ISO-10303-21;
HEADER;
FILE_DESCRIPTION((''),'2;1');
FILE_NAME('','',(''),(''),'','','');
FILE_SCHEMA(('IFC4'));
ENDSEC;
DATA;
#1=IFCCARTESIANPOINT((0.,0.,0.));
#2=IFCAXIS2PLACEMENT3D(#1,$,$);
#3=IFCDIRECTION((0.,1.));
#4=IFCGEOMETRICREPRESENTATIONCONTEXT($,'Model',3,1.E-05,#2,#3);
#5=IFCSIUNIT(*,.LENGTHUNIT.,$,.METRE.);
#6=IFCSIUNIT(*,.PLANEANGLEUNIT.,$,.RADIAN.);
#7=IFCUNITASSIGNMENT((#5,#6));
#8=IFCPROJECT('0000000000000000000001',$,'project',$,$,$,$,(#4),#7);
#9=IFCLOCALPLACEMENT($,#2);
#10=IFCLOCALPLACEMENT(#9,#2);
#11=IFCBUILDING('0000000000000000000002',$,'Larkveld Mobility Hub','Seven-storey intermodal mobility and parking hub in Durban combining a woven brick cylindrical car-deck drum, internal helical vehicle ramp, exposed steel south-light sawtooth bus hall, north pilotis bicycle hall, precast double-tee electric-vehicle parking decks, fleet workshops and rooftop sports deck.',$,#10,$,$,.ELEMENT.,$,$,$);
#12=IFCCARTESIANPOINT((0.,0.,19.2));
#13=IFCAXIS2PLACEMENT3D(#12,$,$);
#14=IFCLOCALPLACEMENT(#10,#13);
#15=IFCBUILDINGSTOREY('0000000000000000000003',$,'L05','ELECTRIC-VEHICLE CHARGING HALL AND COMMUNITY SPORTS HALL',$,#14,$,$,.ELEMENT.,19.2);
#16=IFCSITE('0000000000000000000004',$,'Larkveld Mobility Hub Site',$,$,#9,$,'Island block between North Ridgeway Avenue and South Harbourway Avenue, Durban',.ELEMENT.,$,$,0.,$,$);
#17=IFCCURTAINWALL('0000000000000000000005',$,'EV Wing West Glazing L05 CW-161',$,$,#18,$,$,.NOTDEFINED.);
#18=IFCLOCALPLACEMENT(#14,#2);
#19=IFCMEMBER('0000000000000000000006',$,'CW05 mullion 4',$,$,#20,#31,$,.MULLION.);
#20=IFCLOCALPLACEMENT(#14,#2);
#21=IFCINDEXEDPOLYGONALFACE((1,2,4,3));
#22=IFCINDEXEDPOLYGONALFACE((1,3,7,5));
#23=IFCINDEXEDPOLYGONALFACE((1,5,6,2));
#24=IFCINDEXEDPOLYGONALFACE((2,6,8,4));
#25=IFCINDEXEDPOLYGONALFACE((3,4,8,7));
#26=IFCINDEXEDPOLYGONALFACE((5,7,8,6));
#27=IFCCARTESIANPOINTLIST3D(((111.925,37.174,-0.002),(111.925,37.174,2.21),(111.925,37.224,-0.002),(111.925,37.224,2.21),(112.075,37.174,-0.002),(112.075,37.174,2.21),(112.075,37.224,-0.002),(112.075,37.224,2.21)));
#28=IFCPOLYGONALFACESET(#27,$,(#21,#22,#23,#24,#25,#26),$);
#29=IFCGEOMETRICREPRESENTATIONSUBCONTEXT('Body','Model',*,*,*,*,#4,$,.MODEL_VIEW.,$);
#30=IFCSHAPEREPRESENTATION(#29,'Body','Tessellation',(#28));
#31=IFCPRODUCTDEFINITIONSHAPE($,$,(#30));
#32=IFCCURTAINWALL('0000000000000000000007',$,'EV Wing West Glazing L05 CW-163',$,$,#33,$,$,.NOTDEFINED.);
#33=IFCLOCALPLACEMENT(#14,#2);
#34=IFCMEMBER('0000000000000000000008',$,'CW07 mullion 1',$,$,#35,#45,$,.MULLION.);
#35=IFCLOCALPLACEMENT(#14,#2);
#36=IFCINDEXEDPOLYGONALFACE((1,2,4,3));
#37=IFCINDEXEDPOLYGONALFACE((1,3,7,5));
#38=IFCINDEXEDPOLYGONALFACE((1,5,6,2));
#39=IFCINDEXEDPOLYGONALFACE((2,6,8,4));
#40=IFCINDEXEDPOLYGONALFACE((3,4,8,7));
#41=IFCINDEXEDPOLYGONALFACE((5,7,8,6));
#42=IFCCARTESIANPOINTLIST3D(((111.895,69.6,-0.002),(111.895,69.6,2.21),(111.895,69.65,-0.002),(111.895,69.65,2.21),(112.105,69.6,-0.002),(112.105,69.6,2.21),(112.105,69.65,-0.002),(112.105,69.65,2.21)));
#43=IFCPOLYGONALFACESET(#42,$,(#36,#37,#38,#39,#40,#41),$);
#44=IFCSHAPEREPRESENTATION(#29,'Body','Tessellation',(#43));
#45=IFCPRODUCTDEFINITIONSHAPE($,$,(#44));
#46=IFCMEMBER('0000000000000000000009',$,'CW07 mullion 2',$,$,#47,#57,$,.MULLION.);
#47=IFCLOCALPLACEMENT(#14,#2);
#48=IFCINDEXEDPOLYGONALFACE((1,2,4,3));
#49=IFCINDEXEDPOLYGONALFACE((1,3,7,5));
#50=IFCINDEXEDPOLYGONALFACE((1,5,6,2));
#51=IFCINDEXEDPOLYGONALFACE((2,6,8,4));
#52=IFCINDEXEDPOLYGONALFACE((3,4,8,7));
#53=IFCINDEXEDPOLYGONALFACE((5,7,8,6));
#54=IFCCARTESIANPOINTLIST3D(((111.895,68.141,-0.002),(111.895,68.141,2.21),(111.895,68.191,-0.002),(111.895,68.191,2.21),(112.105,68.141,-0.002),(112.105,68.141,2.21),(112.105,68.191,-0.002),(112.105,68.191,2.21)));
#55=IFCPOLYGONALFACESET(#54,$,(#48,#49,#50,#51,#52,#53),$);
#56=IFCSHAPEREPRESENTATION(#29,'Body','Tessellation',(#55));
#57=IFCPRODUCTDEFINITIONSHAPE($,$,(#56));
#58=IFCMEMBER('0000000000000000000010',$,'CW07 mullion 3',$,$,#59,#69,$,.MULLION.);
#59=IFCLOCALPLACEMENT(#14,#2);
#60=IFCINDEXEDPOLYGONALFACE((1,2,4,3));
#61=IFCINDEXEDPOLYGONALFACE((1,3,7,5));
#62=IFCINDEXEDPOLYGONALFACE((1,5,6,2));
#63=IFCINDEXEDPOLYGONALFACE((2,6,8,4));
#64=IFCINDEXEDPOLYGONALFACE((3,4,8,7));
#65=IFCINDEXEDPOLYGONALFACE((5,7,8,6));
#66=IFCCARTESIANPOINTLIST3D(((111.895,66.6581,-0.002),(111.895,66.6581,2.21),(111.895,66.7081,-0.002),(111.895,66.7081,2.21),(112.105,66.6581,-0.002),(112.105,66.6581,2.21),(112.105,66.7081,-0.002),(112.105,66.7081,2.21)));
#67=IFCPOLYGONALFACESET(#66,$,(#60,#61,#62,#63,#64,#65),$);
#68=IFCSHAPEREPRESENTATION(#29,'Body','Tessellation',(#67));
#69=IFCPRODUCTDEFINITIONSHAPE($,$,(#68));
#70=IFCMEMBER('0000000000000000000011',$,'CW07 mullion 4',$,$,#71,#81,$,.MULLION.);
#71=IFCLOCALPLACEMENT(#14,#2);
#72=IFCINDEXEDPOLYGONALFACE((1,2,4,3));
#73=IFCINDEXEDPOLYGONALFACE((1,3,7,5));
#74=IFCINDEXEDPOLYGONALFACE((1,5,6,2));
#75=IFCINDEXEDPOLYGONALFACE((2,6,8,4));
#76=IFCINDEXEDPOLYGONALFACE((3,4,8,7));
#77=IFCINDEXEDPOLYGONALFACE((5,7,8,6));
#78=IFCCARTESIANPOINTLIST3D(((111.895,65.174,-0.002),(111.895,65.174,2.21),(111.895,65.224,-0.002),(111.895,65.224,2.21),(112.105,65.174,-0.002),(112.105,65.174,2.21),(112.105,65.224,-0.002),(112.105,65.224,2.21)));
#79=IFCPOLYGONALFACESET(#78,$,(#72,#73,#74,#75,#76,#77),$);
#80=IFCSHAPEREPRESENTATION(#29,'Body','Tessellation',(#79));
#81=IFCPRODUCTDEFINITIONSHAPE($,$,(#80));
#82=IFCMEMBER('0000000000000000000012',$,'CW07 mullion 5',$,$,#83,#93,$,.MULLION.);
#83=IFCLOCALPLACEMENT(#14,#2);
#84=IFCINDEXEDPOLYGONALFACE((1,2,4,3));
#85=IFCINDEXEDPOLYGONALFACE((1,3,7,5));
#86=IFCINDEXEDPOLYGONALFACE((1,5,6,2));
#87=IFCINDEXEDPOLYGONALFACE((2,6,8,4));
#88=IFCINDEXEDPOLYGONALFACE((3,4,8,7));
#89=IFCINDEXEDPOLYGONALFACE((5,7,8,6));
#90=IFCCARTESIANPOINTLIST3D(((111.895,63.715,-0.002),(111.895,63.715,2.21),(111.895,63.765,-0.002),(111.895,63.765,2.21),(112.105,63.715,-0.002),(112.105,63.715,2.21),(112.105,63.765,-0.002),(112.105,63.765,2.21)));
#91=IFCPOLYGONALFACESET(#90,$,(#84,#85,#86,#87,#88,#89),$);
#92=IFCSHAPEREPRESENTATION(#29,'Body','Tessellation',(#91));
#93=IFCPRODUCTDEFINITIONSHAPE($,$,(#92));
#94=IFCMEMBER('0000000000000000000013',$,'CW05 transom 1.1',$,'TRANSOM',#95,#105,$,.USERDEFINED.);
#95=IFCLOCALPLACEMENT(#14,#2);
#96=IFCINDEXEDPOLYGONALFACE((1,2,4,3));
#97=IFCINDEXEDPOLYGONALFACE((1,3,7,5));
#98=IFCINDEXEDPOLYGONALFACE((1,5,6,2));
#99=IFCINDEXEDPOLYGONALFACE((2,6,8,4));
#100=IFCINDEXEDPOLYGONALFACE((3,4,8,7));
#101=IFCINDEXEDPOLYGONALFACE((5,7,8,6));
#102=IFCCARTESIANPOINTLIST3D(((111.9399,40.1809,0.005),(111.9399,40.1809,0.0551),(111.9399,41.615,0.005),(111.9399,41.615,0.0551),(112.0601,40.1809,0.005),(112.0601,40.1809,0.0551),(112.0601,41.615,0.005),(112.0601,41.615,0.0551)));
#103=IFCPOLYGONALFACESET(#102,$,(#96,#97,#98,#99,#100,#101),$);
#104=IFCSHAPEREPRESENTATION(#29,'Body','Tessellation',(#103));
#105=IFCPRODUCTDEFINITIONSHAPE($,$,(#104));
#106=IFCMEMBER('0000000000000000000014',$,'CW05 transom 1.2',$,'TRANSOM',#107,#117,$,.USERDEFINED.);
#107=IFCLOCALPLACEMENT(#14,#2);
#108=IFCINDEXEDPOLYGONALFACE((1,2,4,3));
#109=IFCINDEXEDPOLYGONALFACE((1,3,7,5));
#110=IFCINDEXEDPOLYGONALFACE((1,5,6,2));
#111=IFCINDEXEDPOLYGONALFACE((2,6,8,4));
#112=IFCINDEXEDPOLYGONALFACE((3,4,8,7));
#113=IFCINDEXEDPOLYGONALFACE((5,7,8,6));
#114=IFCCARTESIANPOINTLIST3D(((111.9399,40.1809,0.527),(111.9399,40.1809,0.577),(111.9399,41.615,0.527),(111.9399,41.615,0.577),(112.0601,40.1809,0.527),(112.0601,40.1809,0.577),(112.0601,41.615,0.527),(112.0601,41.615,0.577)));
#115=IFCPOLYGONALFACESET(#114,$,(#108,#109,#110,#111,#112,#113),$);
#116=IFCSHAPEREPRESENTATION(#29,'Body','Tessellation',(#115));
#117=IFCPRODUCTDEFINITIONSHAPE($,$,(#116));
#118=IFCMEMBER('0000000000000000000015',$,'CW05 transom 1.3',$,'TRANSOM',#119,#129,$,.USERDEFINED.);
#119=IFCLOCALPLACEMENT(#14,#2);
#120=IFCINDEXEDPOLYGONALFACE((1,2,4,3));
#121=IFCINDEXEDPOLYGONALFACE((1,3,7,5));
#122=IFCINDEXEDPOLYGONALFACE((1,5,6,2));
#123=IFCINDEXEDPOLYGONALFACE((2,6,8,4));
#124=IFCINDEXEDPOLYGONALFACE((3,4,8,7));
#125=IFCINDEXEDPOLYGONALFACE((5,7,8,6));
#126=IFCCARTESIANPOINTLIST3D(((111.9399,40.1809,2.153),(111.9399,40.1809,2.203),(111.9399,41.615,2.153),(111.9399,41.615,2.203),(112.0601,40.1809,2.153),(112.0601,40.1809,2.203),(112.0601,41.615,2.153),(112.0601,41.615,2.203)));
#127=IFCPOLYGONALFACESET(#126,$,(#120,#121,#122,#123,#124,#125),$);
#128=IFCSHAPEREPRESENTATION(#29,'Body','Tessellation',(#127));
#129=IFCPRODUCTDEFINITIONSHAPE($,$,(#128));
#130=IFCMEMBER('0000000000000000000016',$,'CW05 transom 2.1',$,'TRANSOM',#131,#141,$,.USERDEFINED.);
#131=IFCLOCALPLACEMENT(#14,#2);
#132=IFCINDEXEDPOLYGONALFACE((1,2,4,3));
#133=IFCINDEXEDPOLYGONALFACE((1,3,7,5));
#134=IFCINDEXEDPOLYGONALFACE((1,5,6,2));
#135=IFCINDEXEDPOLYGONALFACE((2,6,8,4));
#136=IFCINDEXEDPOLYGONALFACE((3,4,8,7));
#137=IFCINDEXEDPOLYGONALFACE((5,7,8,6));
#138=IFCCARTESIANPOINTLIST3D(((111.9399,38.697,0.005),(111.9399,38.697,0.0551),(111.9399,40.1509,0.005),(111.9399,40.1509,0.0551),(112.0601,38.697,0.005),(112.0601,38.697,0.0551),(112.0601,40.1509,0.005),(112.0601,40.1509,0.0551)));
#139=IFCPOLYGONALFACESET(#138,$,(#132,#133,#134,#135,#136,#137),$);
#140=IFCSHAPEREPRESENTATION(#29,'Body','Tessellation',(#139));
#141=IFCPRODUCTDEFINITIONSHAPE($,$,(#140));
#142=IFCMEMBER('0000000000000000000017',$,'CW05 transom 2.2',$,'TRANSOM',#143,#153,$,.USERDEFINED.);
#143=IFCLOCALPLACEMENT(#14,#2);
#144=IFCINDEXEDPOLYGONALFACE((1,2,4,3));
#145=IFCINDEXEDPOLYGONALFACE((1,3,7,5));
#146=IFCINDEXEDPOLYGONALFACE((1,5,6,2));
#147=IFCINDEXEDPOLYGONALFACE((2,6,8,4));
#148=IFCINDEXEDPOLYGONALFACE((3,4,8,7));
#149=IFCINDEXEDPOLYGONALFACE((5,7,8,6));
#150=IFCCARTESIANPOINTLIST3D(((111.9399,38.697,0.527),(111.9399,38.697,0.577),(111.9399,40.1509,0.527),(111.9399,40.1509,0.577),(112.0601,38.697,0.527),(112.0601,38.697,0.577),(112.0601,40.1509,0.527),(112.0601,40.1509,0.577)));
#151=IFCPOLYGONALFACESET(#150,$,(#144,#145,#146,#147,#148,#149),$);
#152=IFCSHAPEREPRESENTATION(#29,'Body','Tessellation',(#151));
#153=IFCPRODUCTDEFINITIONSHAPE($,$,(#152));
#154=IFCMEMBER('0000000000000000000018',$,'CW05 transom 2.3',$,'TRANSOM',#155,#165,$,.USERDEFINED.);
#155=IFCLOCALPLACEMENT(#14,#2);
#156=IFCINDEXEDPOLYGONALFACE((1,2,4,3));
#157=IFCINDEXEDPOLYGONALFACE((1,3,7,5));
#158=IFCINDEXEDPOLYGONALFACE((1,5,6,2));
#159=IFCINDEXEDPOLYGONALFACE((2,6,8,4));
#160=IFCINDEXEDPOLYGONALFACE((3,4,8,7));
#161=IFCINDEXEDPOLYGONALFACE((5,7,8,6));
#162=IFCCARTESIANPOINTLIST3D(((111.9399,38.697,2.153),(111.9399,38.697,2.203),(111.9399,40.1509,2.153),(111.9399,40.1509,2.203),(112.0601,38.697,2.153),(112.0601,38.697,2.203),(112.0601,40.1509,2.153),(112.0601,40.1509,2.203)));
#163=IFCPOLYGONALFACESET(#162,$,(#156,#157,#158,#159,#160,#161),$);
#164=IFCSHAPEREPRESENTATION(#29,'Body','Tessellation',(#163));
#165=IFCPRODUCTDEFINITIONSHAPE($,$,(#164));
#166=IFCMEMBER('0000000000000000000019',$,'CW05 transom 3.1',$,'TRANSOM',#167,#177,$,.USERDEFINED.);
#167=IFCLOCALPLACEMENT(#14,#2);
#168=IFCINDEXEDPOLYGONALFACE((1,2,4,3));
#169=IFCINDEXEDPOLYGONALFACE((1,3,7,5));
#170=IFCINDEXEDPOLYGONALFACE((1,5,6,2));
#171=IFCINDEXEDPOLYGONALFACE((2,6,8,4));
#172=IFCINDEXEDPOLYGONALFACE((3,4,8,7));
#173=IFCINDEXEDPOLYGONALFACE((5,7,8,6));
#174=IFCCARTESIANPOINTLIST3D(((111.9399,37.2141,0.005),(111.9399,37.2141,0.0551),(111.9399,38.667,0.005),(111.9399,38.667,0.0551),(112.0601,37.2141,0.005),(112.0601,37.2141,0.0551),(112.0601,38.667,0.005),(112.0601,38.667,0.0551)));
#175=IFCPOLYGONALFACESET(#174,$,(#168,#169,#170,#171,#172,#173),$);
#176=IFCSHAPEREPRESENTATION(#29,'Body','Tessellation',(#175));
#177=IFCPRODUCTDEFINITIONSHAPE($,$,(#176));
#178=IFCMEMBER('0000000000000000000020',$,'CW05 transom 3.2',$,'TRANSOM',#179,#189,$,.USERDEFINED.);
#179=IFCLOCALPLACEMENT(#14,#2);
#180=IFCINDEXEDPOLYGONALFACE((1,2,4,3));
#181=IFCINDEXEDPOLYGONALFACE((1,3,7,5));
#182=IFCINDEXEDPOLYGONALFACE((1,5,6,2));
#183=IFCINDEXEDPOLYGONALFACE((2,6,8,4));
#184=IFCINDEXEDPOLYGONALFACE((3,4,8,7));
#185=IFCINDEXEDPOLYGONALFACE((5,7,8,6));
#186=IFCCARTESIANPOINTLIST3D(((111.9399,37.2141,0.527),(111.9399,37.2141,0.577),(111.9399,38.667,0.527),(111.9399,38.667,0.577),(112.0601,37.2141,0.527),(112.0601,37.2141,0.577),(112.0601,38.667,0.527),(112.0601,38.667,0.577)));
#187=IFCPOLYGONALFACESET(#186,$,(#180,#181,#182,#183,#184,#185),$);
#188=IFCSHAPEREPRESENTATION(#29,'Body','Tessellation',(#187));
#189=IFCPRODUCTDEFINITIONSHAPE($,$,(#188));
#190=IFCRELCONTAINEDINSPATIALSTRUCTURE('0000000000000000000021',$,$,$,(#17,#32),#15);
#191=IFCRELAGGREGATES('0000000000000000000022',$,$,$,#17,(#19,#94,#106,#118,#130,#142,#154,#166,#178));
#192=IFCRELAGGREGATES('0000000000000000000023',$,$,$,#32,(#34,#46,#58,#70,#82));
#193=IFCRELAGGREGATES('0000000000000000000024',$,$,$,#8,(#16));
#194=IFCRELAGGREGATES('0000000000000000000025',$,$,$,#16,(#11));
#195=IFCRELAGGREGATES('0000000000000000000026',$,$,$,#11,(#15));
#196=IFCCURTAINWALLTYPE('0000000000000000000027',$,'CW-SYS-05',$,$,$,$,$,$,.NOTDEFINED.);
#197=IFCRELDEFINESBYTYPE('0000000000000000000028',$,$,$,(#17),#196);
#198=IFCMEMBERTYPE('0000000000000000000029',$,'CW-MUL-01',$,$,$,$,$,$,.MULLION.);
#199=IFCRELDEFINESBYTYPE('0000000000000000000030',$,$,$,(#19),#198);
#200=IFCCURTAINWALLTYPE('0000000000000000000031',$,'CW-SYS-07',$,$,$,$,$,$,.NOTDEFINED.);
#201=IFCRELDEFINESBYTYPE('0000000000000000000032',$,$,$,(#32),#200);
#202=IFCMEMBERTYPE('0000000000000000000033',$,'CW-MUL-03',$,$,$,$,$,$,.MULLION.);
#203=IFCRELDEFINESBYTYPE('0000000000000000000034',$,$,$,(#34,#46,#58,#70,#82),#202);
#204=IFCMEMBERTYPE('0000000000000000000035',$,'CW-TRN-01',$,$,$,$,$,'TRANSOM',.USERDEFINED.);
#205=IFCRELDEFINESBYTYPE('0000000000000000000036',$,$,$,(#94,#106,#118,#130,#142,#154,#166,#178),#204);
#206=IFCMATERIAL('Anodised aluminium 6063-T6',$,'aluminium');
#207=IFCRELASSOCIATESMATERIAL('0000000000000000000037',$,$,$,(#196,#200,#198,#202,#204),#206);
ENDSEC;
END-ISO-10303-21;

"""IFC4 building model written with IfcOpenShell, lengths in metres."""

from ifc_helpers import new_model, si_unit, direction, frame, origin, origin_2d, place, context, subcontext, project, spatial, rectangle, extrude, material, material_profile, profile_set, type_object, element, aggregate, save


model = new_model("IFC4")

# Units and contexts
model_context = context("Model", 3, precision=1e-05, world=origin(), true_north=direction((0.0, 1.0)))
body_context = subcontext(model_context, "Body", "Model", "MODEL_VIEW")
ifc_project = project(units=[si_unit("LENGTHUNIT", "METRE"), si_unit("PLANEANGLEUNIT", "RADIAN")], contexts=[model_context])

# Site, building, storey
site_placement = place(None, origin())
site = spatial("IfcSite", under=ifc_project, at=site_placement, Name="Larkveld Mobility Hub Site", LongName="Island block between North Ridgeway Avenue and South Harbourway Avenue, Durban", CompositionType="ELEMENT", RefElevation=0.0)
building_placement = place(site_placement, origin())
building = spatial("IfcBuilding", under=site, at=building_placement, Name="Larkveld Mobility Hub", Description="Seven-storey intermodal mobility and parking hub in Durban combining a woven brick cylindrical car-deck drum, internal helical vehicle ramp, exposed steel south-light sawtooth bus hall, north pilotis bicycle hall, precast double-tee electric-vehicle parking decks, fleet workshops and rooftop sports deck.", CompositionType="ELEMENT")
storey_placement = place(building_placement, frame((0.0, 0.0, 19.2)))
storey = spatial("IfcBuildingStorey", under=building, at=storey_placement, Name="L05", Description="ELECTRIC-VEHICLE CHARGING HALL AND COMMUNITY SPORTS HALL", CompositionType="ELEMENT", Elevation=19.2)

# Curtain wall, member
ifc_material_1 = material(Name="Anodised aluminium 6063-T6", Category="aluminium")
curtain_wall_type_1 = type_object("IfcCurtainWallType", Name="CW-SYS-05", PredefinedType="NOTDEFINED", material=ifc_material_1)
curtain_wall_1_placement = place(storey_placement, origin())
curtain_wall_1 = element("IfcCurtainWall", 1, at=curtain_wall_1_placement, inside=storey, type_object=curtain_wall_type_1, Name="EV Wing West Glazing L05 CW-161", PredefinedType="NOTDEFINED")
ifc_material_profile_1 = material_profile(ifc_material_1, rectangle(XDim=0.05, YDim=0.1499, at=origin_2d()), Name="ALU MULL 50x150")
ifc_profile_set_1 = profile_set([ifc_material_profile_1], Name="Anodised aluminium 6063-T6")
member_type_1 = type_object("IfcMemberType", Name="CW-MUL-01", PredefinedType="MULLION", material=ifc_profile_set_1)
member_1_placement = place(storey_placement, frame((112.0, 37.199, -0.002), z_axis=(0.0, 0.0, 1.0), x_axis=(0.0, -1.0, 0.0)))
member_1 = element("IfcMember", 2, at=member_1_placement, type_object=member_type_1, Name="CW05 mullion 4", PredefinedType="MULLION", context=body_context, shape_type="SweptSolid", body=[
    extrude(rectangle(XDim=0.05, YDim=0.1499, at=origin_2d()), origin(), (0.0, 0.0, 1.0), 2.2119),
])

# Curtain wall, members
curtain_wall_type_2 = type_object("IfcCurtainWallType", Name="CW-SYS-07", PredefinedType="NOTDEFINED", material=ifc_material_1)
curtain_wall_2_placement = place(storey_placement, origin())
curtain_wall_2 = element("IfcCurtainWall", 3, at=curtain_wall_2_placement, inside=storey, type_object=curtain_wall_type_2, Name="EV Wing West Glazing L05 CW-163", PredefinedType="NOTDEFINED")
ifc_material_profile_2 = material_profile(ifc_material_1, rectangle(XDim=0.05, YDim=0.21, at=origin_2d()), Name="ALU MULL 50x210")
ifc_profile_set_2 = profile_set([ifc_material_profile_2], Name="Anodised aluminium 6063-T6")
member_type_2 = type_object("IfcMemberType", Name="CW-MUL-03", PredefinedType="MULLION", material=ifc_profile_set_2)
member_2_placement = place(storey_placement, frame((112.0, 69.625, -0.002), z_axis=(0.0, 0.0, 1.0), x_axis=(0.0, -1.0, 0.0)))
member_2 = element("IfcMember", 4, at=member_2_placement, type_object=member_type_2, Name="CW07 mullion 1", PredefinedType="MULLION", context=body_context, shape_type="SweptSolid", body=[
    extrude(rectangle(XDim=0.05, YDim=0.21, at=origin_2d()), origin(), (0.0, 0.0, 1.0), 2.2119),
])
member_3_placement = place(storey_placement, frame((112.0, 68.166, -0.002), z_axis=(0.0, 0.0, 1.0), x_axis=(0.0, -1.0, 0.0)))
member_3 = element("IfcMember", 5, at=member_3_placement, type_object=member_type_2, Name="CW07 mullion 2", PredefinedType="MULLION", context=body_context, shape_type="SweptSolid", body=[
    extrude(rectangle(XDim=0.05, YDim=0.21, at=origin_2d()), origin(), (0.0, 0.0, 1.0), 2.2119),
])
member_4_placement = place(storey_placement, frame((112.0, 66.6831, -0.002), z_axis=(0.0, 0.0, 1.0), x_axis=(0.0, -1.0, 0.0)))
member_4 = element("IfcMember", 6, at=member_4_placement, type_object=member_type_2, Name="CW07 mullion 3", PredefinedType="MULLION", context=body_context, shape_type="SweptSolid", body=[
    extrude(rectangle(XDim=0.05, YDim=0.21, at=origin_2d()), origin(), (0.0, 0.0, 1.0), 2.2119),
])
member_5_placement = place(storey_placement, frame((112.0, 65.199, -0.002), z_axis=(0.0, 0.0, 1.0), x_axis=(0.0, -1.0, 0.0)))
member_5 = element("IfcMember", 7, at=member_5_placement, type_object=member_type_2, Name="CW07 mullion 4", PredefinedType="MULLION", context=body_context, shape_type="SweptSolid", body=[
    extrude(rectangle(XDim=0.05, YDim=0.21, at=origin_2d()), origin(), (0.0, 0.0, 1.0), 2.2119),
])
member_6_placement = place(storey_placement, frame((112.0, 63.74, -0.002), z_axis=(0.0, 0.0, 1.0), x_axis=(0.0, -1.0, 0.0)))
member_6 = element("IfcMember", 8, at=member_6_placement, type_object=member_type_2, Name="CW07 mullion 5", PredefinedType="MULLION", context=body_context, shape_type="SweptSolid", body=[
    extrude(rectangle(XDim=0.05, YDim=0.21, at=origin_2d()), origin(), (0.0, 0.0, 1.0), 2.2119),
])

# Members
ifc_material_profile_3 = material_profile(ifc_material_1, rectangle(XDim=0.1201, YDim=0.05, at=origin_2d()), Name="ALU TRAN 50x120")
ifc_profile_set_3 = profile_set([ifc_material_profile_3], Name="Anodised aluminium 6063-T6")
member_type_3 = type_object("IfcMemberType", Name="CW-TRN-01", ElementType="TRANSOM", PredefinedType="USERDEFINED", material=ifc_profile_set_3)
member_7_placement = place(storey_placement, frame((112.0, 41.615, 0.03), z_axis=(0.0, -1.0, 0.0), x_axis=(1.0, 0.0, 0.0)))
member_7 = element("IfcMember", 9, at=member_7_placement, type_object=member_type_3, Name="CW05 transom 1.1", ObjectType="TRANSOM", PredefinedType="USERDEFINED", context=body_context, shape_type="SweptSolid", body=[
    extrude(rectangle(XDim=0.1201, YDim=0.05, at=origin_2d()), origin(), (0.0, 0.0, 1.0), 1.4341),
])
member_8_placement = place(storey_placement, frame((112.0, 41.615, 0.552), z_axis=(0.0, -1.0, 0.0), x_axis=(1.0, 0.0, 0.0)))
member_8 = element("IfcMember", 10, at=member_8_placement, type_object=member_type_3, Name="CW05 transom 1.2", ObjectType="TRANSOM", PredefinedType="USERDEFINED", context=body_context, shape_type="SweptSolid", body=[
    extrude(rectangle(XDim=0.1201, YDim=0.05, at=origin_2d()), origin(), (0.0, 0.0, 1.0), 1.4341),
])
member_9_placement = place(storey_placement, frame((112.0, 41.615, 2.178), z_axis=(0.0, -1.0, 0.0), x_axis=(1.0, 0.0, 0.0)))
member_9 = element("IfcMember", 11, at=member_9_placement, type_object=member_type_3, Name="CW05 transom 1.3", ObjectType="TRANSOM", PredefinedType="USERDEFINED", context=body_context, shape_type="SweptSolid", body=[
    extrude(rectangle(XDim=0.1201, YDim=0.05, at=origin_2d()), origin(), (0.0, 0.0, 1.0), 1.4341),
])
member_10_placement = place(storey_placement, frame((112.0, 40.1509, 0.03), z_axis=(0.0, -1.0, 0.0), x_axis=(1.0, 0.0, 0.0)))
member_10 = element("IfcMember", 12, at=member_10_placement, type_object=member_type_3, Name="CW05 transom 2.1", ObjectType="TRANSOM", PredefinedType="USERDEFINED", context=body_context, shape_type="SweptSolid", body=[
    extrude(rectangle(XDim=0.1201, YDim=0.05, at=origin_2d()), origin(), (0.0, 0.0, 1.0), 1.4539),
])
member_11_placement = place(storey_placement, frame((112.0, 40.1509, 0.552), z_axis=(0.0, -1.0, 0.0), x_axis=(1.0, 0.0, 0.0)))
member_11 = element("IfcMember", 13, at=member_11_placement, type_object=member_type_3, Name="CW05 transom 2.2", ObjectType="TRANSOM", PredefinedType="USERDEFINED", context=body_context, shape_type="SweptSolid", body=[
    extrude(rectangle(XDim=0.1201, YDim=0.05, at=origin_2d()), origin(), (0.0, 0.0, 1.0), 1.4539),
])
member_12_placement = place(storey_placement, frame((112.0, 40.1509, 2.178), z_axis=(0.0, -1.0, 0.0), x_axis=(1.0, 0.0, 0.0)))
member_12 = element("IfcMember", 14, at=member_12_placement, type_object=member_type_3, Name="CW05 transom 2.3", ObjectType="TRANSOM", PredefinedType="USERDEFINED", context=body_context, shape_type="SweptSolid", body=[
    extrude(rectangle(XDim=0.1201, YDim=0.05, at=origin_2d()), origin(), (0.0, 0.0, 1.0), 1.4539),
])
member_13_placement = place(storey_placement, frame((112.0, 38.667, 0.03), z_axis=(0.0, -1.0, 0.0), x_axis=(1.0, 0.0, 0.0)))
member_13 = element("IfcMember", 15, at=member_13_placement, type_object=member_type_3, Name="CW05 transom 3.1", ObjectType="TRANSOM", PredefinedType="USERDEFINED", context=body_context, shape_type="SweptSolid", body=[
    extrude(rectangle(XDim=0.1201, YDim=0.05, at=origin_2d()), origin(), (0.0, 0.0, 1.0), 1.4529),
])
member_14_placement = place(storey_placement, frame((112.0, 38.667, 0.552), z_axis=(0.0, -1.0, 0.0), x_axis=(1.0, 0.0, 0.0)))
member_14 = element("IfcMember", 16, at=member_14_placement, type_object=member_type_3, Name="CW05 transom 3.2", ObjectType="TRANSOM", PredefinedType="USERDEFINED", context=body_context, shape_type="SweptSolid", body=[
    extrude(rectangle(XDim=0.1201, YDim=0.05, at=origin_2d()), origin(), (0.0, 0.0, 1.0), 1.4529),
])

aggregate(curtain_wall_1, [member_1, member_7, member_8, member_9, member_10, member_11, member_12, member_13, member_14])
aggregate(curtain_wall_2, [member_2, member_3, member_4, member_5, member_6])

save(model, "model.ifc")
